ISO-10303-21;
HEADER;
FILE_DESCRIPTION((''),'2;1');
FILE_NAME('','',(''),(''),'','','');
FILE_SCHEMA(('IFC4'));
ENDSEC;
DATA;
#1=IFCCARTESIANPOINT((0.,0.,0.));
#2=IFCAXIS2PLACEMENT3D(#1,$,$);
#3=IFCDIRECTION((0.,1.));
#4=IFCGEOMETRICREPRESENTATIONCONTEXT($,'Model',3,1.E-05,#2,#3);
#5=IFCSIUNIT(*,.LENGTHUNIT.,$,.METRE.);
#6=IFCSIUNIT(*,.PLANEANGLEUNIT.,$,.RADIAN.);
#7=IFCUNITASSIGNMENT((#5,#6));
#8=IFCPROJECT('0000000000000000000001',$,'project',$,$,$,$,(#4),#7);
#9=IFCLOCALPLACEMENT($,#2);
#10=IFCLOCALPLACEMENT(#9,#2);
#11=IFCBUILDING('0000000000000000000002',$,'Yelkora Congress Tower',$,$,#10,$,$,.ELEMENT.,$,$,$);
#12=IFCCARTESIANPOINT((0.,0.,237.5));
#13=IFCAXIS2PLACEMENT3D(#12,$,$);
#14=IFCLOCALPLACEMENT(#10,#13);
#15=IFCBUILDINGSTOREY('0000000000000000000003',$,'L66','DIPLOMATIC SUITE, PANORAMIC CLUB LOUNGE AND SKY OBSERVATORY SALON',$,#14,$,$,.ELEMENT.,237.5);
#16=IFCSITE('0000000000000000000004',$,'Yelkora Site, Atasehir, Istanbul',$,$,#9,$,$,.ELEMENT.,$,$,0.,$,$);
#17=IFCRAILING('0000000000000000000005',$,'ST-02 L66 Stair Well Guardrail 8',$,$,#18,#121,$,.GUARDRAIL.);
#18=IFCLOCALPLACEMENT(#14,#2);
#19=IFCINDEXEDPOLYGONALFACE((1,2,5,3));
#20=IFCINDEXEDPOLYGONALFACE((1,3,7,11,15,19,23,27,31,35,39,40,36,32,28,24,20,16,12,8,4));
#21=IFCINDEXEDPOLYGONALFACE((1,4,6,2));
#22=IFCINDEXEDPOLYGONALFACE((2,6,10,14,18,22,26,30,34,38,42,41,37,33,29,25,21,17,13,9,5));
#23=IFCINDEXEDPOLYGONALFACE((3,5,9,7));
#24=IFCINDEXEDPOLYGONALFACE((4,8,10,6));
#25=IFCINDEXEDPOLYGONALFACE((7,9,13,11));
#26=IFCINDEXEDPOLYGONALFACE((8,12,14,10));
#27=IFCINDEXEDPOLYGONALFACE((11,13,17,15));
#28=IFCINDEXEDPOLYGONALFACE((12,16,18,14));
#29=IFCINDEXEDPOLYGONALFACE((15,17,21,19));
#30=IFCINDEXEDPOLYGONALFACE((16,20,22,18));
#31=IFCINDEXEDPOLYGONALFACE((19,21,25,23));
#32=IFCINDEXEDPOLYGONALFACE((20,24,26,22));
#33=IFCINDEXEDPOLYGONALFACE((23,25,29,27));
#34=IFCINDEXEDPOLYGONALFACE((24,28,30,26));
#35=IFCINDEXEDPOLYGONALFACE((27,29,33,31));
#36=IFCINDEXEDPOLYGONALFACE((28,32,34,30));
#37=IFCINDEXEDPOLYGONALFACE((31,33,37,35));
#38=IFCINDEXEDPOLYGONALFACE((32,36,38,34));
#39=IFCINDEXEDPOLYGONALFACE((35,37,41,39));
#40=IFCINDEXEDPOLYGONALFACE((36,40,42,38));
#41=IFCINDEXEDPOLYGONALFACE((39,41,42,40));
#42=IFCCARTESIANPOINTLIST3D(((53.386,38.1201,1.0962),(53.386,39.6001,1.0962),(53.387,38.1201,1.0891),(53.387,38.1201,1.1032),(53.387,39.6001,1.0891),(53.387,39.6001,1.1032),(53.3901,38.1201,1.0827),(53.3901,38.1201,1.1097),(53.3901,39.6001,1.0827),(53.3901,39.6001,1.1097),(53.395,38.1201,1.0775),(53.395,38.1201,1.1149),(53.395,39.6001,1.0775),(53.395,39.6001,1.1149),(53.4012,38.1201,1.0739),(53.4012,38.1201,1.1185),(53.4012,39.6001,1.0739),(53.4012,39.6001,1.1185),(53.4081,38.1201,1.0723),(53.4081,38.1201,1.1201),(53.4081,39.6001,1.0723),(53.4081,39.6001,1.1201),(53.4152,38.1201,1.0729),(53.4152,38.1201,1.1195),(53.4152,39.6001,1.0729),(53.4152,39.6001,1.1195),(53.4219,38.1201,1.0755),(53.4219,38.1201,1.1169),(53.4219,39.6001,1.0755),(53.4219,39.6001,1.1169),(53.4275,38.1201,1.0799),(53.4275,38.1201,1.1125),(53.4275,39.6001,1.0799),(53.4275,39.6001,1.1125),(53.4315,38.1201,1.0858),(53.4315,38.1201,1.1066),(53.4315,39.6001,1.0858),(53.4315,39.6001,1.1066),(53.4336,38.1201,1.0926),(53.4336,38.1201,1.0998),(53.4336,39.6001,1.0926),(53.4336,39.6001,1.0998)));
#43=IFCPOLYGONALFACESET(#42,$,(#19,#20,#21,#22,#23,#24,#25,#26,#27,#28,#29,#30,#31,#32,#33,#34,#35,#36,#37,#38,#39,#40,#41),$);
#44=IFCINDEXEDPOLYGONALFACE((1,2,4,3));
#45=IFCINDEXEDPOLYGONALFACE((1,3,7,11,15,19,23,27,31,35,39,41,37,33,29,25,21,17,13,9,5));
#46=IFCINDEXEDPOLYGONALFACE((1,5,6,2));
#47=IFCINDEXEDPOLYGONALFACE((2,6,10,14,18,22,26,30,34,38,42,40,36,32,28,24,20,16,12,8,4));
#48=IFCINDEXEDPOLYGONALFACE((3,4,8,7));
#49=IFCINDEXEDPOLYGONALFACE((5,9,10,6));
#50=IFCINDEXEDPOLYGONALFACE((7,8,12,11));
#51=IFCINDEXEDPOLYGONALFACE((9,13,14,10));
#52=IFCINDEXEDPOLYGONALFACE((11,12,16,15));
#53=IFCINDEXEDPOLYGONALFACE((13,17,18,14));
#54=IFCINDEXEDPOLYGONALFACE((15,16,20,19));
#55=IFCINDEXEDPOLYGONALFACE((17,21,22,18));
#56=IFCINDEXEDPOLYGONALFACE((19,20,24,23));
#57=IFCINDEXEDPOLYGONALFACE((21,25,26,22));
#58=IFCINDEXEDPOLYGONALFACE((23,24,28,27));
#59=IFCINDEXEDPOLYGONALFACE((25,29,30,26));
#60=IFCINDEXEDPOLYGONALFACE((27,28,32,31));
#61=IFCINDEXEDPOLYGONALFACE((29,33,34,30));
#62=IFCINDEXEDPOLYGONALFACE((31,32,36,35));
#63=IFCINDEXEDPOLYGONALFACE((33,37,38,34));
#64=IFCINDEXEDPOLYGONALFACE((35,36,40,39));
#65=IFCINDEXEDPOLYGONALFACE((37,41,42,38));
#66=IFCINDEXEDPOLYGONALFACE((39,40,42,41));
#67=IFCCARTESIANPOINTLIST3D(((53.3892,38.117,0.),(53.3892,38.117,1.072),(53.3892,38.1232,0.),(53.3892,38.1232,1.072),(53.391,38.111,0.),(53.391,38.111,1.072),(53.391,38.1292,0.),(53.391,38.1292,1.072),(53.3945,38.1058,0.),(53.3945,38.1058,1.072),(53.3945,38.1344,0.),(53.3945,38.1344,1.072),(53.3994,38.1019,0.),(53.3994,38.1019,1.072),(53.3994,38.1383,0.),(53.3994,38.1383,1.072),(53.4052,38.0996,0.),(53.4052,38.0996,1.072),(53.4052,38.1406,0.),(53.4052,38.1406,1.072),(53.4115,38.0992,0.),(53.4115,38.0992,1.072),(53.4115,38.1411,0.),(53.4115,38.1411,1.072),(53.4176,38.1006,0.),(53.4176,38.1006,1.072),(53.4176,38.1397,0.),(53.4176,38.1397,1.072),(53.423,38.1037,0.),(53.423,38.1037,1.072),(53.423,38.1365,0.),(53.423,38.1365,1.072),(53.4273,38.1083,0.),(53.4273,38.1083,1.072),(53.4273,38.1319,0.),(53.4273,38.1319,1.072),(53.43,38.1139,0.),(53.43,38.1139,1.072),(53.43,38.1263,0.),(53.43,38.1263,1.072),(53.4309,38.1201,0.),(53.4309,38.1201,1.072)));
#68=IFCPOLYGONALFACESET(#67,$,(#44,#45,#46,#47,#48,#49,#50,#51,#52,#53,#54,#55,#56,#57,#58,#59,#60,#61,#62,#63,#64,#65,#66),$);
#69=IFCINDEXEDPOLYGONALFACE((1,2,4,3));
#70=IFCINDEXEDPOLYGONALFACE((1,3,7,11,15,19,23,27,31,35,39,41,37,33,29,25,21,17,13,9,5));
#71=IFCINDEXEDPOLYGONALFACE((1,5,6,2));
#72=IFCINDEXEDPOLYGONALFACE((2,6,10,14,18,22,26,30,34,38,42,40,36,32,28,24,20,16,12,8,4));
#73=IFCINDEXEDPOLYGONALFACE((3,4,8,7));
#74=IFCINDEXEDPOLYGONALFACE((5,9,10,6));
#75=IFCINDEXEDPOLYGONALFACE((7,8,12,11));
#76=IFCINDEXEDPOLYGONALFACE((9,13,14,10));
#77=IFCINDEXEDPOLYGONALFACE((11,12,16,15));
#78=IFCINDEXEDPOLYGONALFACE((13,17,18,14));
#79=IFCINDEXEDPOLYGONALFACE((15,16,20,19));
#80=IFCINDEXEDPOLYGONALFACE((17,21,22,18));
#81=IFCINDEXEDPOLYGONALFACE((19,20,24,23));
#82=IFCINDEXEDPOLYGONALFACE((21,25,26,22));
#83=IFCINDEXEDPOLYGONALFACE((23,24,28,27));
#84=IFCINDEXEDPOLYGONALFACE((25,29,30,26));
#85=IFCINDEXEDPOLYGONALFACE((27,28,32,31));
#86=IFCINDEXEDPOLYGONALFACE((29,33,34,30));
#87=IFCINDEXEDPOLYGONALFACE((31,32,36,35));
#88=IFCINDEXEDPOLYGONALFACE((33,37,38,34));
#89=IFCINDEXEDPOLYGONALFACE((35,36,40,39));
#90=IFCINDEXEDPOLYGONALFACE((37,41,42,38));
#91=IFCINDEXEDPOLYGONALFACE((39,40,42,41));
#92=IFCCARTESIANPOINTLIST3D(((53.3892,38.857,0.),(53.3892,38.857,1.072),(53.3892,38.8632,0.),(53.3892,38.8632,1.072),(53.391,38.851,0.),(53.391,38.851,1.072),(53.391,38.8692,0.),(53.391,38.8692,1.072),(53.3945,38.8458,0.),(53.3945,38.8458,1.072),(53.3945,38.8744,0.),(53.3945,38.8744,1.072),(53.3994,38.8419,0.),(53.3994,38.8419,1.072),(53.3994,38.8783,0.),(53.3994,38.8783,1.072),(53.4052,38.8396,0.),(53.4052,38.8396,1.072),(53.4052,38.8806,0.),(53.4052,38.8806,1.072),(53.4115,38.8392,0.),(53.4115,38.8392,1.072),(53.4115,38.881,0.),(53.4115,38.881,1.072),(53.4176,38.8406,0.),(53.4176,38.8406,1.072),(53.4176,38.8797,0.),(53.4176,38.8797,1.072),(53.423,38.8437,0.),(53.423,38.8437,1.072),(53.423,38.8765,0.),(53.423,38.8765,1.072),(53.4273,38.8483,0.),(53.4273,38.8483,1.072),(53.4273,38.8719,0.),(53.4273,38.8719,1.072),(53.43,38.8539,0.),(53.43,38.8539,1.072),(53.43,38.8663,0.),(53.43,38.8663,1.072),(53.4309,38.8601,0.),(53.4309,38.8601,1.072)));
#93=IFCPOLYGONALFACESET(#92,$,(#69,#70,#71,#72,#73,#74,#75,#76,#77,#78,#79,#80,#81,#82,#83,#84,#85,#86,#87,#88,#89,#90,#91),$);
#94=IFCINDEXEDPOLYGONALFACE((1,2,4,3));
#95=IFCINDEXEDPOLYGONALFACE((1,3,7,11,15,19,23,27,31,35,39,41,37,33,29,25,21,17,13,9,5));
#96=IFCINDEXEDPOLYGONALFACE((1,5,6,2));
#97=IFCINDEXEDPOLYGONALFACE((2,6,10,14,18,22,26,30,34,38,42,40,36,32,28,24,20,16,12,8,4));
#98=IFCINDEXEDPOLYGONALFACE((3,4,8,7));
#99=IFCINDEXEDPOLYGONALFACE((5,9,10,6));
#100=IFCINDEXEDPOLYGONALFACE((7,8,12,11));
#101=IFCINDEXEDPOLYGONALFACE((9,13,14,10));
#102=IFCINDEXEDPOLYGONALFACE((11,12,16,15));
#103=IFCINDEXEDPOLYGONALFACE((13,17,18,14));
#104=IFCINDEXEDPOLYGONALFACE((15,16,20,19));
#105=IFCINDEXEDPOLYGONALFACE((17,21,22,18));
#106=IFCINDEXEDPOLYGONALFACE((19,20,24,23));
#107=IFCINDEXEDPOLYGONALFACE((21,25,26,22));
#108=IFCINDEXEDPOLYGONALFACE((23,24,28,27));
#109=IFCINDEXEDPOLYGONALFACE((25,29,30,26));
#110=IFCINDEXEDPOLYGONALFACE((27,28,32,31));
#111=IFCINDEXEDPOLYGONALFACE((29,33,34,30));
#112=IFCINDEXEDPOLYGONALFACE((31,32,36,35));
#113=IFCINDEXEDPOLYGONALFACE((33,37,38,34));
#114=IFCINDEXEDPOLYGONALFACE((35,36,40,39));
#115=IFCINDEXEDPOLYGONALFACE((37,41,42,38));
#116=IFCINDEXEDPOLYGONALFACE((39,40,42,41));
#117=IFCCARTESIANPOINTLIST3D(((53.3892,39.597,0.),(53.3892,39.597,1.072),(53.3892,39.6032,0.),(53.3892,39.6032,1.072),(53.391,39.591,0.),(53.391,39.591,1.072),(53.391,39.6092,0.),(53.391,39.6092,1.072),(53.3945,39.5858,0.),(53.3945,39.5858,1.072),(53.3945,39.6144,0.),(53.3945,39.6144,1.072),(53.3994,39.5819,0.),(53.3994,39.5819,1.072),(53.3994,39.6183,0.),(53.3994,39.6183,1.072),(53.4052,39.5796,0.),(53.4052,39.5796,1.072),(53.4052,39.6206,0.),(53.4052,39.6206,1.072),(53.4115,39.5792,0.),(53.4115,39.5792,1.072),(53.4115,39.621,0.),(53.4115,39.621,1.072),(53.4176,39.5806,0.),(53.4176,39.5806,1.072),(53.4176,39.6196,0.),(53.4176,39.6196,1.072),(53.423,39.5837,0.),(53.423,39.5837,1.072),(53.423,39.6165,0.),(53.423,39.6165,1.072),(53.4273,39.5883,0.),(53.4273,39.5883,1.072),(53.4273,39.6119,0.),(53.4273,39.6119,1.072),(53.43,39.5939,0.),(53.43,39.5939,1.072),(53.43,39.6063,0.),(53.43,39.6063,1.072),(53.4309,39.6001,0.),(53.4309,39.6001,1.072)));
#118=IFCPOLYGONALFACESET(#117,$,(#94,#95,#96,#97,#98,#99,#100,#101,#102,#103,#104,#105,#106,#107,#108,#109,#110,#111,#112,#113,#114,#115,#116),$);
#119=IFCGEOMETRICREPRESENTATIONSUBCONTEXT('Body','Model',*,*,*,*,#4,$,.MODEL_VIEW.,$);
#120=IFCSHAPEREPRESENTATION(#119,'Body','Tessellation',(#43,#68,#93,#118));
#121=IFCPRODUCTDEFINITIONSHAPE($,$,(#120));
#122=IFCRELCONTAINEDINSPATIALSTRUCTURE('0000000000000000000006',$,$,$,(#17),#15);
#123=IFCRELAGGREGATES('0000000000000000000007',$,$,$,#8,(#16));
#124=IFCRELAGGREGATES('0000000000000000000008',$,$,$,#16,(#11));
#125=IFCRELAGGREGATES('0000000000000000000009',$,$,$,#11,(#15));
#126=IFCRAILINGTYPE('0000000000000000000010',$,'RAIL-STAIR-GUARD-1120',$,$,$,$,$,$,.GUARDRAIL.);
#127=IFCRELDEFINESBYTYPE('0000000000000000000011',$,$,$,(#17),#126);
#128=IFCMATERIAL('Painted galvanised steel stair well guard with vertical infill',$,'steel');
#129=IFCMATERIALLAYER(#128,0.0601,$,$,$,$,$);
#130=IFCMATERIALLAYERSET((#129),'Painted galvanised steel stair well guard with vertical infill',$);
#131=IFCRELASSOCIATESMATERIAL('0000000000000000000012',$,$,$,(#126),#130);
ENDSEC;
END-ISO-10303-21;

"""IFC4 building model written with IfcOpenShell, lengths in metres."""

from ifc_helpers import new_model, si_unit, direction, frame, origin, origin_2d, place, context, subcontext, project, spatial, circle, extrude, material, layer, layer_set, type_object, element, save


model = new_model("IFC4")

# Units and contexts
model_context = context("Model", 3, precision=1e-05, world=origin(), true_north=direction((0.0, 1.0)))
body_context = subcontext(model_context, "Body", "Model", "MODEL_VIEW")
ifc_project = project(units=[si_unit("LENGTHUNIT", "METRE"), si_unit("PLANEANGLEUNIT", "RADIAN")], contexts=[model_context])

# Site, building, storey
site_placement = place(None, origin())
site = spatial("IfcSite", under=ifc_project, at=site_placement, Name="Yelkora Site, Atasehir, Istanbul", CompositionType="ELEMENT", RefElevation=0.0)
building_placement = place(site_placement, origin())
building = spatial("IfcBuilding", under=site, at=building_placement, Name="Yelkora Congress Tower", CompositionType="ELEMENT")
storey_placement = place(building_placement, frame((0.0, 0.0, 237.5)))
storey = spatial("IfcBuildingStorey", under=building, at=storey_placement, Name="L66", Description="DIPLOMATIC SUITE, PANORAMIC CLUB LOUNGE AND SKY OBSERVATORY SALON", CompositionType="ELEMENT", Elevation=237.5)

# Railing
ifc_material_1 = material(Name="Painted galvanised steel stair well guard with vertical infill", Category="steel")
ifc_layer_1 = layer(ifc_material_1, 0.0601)
ifc_layer_set_1 = layer_set([ifc_layer_1], Name="Painted galvanised steel stair well guard with vertical infill")
railing_type_1 = type_object("IfcRailingType", Name="RAIL-STAIR-GUARD-1120", PredefinedType="GUARDRAIL", material=ifc_layer_set_1)
railing_1_placement = place(storey_placement, frame((53.4099, 38.1201, 0.0)))
element("IfcRailing", 1, at=railing_1_placement, inside=storey, type_object=railing_type_1, Name="ST-02 L66 Stair Well Guardrail 8", PredefinedType="GUARDRAIL", context=body_context, shape_type="SweptSolid", body=[
    extrude(circle(Radius=0.0239, at=origin_2d()), frame((0.0, 0.0, 1.0962), z_axis=(0.0, 1.0, 0.0), x_axis=(-1.0, 0.0, 0.0)), (0.0, 0.0, 1.0), 1.48),
    extrude(circle(Radius=0.021, at=origin_2d()), origin(), (0.0, 0.0, 1.0), 1.072),
    extrude(circle(Radius=0.021, at=origin_2d()), frame((0.0, 0.74, 0.0)), (0.0, 0.0, 1.0), 1.072),
    extrude(circle(Radius=0.021, at=origin_2d()), frame((0.0, 1.48, 0.0)), (0.0, 0.0, 1.0), 1.072),
])

save(model, "model.ifc")
